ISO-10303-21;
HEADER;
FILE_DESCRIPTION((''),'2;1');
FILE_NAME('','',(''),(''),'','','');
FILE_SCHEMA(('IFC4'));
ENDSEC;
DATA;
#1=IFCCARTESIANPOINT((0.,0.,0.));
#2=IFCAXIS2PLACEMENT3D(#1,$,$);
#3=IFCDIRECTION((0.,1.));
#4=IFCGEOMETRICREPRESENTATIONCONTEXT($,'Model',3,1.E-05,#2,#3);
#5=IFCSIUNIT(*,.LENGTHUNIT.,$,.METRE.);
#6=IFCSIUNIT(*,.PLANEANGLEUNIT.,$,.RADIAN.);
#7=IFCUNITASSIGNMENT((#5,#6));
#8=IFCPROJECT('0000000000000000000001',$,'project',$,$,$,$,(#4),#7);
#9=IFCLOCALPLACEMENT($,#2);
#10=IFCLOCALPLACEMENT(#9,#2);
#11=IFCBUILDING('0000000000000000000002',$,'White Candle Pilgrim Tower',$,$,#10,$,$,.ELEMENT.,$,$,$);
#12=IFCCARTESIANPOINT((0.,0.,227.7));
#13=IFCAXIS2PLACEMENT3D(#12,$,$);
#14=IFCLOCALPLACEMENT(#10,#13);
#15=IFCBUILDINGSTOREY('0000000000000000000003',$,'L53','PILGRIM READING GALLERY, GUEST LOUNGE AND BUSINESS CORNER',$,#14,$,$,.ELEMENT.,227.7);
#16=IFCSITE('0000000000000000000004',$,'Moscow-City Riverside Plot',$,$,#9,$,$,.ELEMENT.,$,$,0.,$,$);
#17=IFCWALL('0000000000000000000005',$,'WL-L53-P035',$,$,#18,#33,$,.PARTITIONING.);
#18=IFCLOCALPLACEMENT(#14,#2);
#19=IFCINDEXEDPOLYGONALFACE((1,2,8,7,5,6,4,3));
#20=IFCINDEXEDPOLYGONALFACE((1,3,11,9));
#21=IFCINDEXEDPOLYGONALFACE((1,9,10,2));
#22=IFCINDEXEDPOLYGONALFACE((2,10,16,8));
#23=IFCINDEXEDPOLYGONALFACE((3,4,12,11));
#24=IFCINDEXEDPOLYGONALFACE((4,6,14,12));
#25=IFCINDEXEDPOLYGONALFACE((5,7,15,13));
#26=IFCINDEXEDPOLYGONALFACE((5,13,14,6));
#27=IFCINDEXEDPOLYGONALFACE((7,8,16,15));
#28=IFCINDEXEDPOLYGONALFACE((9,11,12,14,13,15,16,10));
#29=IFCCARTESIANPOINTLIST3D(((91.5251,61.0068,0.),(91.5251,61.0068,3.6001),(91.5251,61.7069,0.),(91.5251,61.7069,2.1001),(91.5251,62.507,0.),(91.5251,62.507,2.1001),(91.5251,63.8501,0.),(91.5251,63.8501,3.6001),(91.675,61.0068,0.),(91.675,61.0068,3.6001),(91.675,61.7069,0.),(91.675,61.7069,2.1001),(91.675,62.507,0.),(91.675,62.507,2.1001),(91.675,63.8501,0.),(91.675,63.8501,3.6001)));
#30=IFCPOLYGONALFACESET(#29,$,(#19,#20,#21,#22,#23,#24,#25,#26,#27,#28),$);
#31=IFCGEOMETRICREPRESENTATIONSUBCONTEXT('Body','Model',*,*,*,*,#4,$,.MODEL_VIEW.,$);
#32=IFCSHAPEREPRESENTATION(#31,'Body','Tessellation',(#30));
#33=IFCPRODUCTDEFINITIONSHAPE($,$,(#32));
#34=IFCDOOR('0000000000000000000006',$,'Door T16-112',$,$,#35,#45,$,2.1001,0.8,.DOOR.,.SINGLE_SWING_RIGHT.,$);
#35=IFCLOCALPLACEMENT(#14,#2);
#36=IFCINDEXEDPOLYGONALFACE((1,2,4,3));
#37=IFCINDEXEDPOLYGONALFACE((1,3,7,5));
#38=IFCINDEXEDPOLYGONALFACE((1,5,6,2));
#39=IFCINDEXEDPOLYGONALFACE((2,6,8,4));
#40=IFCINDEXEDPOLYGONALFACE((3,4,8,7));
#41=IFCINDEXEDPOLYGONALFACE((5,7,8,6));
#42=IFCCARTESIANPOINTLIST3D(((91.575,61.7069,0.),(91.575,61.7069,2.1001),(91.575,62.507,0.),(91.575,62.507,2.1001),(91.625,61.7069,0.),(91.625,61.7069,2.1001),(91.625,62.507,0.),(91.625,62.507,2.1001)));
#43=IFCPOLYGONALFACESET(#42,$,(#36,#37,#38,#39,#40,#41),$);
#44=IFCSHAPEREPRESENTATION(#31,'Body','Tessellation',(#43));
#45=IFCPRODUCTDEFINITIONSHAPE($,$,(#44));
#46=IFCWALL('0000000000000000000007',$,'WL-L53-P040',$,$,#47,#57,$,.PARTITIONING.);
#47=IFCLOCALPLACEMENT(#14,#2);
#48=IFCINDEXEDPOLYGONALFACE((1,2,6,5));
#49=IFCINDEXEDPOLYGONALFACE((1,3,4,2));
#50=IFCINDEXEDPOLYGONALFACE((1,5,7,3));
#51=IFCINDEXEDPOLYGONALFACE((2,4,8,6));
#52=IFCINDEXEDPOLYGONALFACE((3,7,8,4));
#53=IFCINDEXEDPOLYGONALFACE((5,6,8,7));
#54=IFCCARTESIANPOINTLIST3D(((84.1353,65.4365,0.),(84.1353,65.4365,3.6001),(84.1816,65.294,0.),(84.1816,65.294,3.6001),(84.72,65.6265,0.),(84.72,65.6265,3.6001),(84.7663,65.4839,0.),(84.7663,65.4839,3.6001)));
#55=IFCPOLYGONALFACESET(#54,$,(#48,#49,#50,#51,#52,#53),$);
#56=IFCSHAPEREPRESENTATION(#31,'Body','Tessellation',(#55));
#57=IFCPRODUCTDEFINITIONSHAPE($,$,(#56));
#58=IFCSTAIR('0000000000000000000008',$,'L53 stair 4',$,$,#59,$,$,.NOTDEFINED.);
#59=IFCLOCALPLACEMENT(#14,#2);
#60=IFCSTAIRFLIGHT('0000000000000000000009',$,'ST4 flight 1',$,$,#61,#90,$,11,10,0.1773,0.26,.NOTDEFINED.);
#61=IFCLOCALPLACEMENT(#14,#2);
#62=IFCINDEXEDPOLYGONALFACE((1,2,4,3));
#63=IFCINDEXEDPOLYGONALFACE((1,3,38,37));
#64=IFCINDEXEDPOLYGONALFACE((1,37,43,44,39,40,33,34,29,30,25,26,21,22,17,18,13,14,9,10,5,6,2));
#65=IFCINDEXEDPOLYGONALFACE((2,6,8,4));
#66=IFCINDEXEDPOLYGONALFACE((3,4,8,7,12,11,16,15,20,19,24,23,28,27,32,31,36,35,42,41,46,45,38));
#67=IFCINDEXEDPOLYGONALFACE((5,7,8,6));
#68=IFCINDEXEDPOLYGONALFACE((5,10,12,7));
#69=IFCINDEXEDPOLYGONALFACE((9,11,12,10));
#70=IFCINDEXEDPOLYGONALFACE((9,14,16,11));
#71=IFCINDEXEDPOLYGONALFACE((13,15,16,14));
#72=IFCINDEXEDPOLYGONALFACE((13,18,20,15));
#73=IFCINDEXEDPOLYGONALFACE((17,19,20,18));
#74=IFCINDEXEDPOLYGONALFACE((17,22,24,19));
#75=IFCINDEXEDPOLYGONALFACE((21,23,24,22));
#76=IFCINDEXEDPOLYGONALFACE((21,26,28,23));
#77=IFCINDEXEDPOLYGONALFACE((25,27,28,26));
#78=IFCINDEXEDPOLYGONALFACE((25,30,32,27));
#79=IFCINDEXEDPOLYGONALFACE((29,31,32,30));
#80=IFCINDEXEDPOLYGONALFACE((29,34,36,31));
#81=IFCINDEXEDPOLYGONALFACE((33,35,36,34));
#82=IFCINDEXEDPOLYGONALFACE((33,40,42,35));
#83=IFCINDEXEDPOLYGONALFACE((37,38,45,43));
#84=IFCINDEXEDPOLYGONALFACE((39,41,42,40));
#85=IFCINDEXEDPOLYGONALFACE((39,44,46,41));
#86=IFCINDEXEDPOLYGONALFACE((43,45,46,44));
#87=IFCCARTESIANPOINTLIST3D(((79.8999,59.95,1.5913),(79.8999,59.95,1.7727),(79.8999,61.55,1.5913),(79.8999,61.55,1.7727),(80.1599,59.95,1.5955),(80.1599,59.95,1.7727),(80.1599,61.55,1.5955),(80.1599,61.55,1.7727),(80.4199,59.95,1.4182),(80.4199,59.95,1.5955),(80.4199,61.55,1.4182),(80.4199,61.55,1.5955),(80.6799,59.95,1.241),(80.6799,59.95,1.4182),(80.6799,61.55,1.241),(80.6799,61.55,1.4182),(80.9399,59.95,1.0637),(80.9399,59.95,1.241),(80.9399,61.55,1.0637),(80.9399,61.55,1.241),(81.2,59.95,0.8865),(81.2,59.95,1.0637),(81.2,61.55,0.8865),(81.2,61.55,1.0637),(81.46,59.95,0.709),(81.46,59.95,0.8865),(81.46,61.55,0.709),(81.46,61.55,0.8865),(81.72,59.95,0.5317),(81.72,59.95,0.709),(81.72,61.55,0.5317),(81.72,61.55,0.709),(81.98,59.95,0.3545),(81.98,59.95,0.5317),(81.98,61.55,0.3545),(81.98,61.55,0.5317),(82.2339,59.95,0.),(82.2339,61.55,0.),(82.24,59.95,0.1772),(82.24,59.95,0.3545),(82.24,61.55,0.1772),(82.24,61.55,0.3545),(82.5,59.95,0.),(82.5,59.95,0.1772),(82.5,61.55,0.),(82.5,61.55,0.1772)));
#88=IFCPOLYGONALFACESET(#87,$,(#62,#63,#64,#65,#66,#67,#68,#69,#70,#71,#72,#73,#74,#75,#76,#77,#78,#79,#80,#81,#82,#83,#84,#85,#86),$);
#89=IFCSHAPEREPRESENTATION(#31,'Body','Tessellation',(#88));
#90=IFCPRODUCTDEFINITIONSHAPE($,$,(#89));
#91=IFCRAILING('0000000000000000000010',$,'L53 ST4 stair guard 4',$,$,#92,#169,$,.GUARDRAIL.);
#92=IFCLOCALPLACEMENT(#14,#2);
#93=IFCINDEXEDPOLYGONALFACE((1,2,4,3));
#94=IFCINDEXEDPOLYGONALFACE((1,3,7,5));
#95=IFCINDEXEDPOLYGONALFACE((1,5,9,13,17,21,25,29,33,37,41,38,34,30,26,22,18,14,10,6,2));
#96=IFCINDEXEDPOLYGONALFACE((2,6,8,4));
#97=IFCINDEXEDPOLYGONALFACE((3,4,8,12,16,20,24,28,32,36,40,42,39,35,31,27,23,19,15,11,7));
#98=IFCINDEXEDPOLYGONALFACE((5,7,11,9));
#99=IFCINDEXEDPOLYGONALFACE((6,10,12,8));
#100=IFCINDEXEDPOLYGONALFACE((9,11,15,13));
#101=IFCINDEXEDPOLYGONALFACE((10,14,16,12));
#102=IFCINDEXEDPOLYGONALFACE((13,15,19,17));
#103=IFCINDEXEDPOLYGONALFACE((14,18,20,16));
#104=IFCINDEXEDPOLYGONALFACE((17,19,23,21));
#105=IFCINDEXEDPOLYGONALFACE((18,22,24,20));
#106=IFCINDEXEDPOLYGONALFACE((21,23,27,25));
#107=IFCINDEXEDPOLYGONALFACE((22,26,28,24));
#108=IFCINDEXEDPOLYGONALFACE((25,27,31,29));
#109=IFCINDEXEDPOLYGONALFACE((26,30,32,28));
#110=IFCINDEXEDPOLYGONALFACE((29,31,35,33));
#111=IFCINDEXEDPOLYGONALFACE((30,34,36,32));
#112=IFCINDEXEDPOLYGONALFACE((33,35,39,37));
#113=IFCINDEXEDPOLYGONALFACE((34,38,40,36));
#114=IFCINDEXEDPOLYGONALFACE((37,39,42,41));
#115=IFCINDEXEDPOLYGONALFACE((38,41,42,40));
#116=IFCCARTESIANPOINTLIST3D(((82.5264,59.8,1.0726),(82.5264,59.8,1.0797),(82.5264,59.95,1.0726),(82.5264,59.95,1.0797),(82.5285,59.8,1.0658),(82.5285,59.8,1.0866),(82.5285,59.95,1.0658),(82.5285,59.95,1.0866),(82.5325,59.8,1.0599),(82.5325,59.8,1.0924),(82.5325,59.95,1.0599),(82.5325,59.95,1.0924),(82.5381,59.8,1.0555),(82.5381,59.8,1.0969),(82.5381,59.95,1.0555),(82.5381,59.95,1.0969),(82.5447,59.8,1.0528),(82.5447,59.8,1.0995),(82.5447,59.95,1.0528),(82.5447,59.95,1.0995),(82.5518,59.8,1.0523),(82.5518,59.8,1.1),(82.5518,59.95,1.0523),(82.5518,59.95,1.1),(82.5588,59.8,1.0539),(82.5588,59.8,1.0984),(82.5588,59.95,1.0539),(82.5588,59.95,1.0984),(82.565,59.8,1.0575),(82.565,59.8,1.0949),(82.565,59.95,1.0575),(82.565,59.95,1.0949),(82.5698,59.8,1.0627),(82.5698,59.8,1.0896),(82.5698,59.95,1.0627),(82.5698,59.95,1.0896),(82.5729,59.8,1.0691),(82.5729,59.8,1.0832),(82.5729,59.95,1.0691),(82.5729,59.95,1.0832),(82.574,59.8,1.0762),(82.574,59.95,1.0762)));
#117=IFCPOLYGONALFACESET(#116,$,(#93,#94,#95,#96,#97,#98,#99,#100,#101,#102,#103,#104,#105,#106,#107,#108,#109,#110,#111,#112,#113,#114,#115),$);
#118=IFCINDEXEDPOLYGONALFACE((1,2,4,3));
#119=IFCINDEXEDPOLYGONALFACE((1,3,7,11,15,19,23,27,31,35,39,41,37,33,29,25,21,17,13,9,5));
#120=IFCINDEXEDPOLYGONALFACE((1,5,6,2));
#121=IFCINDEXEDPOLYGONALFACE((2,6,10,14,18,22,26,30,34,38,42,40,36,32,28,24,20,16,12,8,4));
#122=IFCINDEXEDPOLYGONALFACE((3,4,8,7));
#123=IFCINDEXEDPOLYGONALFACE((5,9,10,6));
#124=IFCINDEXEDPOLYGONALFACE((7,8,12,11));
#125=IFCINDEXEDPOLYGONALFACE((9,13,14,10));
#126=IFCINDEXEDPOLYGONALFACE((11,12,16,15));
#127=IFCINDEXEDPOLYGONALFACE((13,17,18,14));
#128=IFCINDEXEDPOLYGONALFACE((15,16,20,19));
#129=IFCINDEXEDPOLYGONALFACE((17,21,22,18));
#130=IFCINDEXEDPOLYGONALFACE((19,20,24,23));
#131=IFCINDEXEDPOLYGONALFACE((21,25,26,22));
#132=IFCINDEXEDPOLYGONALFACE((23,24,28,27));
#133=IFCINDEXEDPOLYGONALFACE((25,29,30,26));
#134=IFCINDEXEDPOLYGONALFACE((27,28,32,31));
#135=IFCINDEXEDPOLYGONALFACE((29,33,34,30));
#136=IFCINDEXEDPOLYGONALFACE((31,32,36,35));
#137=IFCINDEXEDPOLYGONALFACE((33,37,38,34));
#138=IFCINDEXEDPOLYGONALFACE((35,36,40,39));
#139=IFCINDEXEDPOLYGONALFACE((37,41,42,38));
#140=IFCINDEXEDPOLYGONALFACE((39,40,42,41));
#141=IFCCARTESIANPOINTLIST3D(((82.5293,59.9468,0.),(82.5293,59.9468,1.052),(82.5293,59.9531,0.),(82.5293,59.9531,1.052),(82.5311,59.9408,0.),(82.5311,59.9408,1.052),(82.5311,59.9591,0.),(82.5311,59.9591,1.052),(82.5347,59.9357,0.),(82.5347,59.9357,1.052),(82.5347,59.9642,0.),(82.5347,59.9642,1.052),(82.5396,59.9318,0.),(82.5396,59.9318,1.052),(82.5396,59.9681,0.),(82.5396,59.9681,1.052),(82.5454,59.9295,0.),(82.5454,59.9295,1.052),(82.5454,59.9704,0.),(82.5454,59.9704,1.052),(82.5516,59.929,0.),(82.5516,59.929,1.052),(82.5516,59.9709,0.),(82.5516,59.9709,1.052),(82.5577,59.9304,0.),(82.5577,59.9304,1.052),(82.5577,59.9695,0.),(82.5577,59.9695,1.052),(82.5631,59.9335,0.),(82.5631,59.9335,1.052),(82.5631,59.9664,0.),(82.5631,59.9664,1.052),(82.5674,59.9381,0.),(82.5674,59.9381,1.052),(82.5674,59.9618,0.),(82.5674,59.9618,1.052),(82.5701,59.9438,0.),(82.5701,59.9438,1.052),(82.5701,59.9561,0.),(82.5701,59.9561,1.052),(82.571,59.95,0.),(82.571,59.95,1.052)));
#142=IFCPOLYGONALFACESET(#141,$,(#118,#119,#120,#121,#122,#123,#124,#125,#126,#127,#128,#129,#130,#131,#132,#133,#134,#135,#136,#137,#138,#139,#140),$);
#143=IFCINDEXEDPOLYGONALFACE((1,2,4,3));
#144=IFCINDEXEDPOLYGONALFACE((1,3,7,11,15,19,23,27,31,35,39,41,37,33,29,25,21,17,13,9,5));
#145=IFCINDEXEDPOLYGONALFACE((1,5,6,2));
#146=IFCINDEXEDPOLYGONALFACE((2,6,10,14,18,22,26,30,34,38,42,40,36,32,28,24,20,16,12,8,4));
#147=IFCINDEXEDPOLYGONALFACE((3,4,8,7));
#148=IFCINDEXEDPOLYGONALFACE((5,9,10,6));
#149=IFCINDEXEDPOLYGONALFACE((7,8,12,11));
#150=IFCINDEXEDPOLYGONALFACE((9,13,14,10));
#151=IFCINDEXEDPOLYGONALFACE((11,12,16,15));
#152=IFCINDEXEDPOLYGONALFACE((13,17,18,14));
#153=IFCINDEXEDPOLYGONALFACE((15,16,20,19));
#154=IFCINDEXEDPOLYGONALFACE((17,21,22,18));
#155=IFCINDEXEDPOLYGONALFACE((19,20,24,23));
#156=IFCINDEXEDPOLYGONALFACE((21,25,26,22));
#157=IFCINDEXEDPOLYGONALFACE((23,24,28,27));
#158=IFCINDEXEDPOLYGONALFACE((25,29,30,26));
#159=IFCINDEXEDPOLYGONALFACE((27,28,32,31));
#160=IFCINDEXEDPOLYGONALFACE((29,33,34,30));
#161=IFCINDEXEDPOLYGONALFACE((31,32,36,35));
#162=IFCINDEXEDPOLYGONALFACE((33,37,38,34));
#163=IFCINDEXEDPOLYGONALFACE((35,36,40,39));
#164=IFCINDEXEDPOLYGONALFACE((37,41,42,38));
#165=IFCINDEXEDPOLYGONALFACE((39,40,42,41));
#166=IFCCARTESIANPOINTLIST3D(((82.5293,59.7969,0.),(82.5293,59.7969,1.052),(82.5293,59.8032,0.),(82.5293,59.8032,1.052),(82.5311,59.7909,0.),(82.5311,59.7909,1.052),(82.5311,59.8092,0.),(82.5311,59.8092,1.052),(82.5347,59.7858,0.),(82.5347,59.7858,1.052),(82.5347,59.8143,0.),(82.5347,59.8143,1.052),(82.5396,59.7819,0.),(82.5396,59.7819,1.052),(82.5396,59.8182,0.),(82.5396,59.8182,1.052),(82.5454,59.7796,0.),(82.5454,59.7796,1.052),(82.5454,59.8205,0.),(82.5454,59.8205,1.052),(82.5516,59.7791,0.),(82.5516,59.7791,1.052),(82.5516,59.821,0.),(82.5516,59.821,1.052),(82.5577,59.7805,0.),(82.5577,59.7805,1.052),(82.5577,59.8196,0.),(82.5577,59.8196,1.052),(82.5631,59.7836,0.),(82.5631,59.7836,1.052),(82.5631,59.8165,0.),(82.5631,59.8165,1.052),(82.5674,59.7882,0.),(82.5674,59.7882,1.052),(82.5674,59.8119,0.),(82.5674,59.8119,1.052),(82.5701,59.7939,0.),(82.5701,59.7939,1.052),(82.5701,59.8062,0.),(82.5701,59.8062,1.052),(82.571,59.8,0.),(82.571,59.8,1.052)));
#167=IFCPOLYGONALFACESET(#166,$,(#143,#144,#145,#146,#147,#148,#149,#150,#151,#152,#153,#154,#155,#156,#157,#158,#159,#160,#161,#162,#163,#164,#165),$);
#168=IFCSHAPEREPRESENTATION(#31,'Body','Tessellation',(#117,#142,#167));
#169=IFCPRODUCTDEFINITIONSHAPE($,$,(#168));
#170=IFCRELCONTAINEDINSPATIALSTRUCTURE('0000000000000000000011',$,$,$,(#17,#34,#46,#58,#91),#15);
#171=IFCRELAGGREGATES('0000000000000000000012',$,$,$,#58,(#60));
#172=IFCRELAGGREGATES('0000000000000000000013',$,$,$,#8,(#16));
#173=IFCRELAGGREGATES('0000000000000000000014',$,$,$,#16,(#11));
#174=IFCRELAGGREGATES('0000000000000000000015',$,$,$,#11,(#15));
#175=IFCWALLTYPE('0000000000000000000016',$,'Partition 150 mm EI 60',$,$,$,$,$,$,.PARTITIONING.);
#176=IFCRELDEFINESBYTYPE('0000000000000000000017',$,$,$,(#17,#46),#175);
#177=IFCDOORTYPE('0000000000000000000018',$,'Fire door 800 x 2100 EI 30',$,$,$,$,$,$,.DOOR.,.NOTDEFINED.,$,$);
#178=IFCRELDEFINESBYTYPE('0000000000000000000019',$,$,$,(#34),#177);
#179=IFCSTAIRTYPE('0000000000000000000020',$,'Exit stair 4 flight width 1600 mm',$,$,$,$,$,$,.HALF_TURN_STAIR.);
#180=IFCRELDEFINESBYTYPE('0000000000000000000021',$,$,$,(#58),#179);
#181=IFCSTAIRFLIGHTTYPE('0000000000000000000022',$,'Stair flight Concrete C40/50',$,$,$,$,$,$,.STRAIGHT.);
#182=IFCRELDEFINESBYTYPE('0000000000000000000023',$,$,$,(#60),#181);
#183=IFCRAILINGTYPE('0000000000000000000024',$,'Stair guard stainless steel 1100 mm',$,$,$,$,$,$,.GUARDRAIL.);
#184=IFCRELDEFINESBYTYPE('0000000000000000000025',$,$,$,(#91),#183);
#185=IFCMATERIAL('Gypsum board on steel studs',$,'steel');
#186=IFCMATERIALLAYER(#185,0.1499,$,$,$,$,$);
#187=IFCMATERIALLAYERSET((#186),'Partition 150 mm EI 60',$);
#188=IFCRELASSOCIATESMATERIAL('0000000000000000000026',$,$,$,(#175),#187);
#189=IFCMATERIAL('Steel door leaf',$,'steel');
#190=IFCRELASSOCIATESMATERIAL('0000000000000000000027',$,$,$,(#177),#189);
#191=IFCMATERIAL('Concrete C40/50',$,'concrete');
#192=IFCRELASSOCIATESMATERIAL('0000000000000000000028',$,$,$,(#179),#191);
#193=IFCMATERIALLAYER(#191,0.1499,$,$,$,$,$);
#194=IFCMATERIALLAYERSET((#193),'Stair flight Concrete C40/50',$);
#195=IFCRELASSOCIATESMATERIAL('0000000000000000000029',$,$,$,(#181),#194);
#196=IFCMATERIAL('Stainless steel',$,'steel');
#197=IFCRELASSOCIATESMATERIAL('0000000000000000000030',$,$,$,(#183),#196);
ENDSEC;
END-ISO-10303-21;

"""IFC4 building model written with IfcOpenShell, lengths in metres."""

from ifc_helpers import new_model, si_unit, direction, frame, frame_2d, origin, origin_2d, place, context, subcontext, project, spatial, polyline, rectangle, circle, outline, extrude, material, layer, layer_set, type_object, element, fill, aggregate, save


model = new_model("IFC4")

# Units and contexts
model_context = context("Model", 3, precision=1e-05, world=origin(), true_north=direction((0.0, 1.0)))
body_context = subcontext(model_context, "Body", "Model", "MODEL_VIEW")
ifc_project = project(units=[si_unit("LENGTHUNIT", "METRE"), si_unit("PLANEANGLEUNIT", "RADIAN")], contexts=[model_context])

# Site, building, storey
site_placement = place(None, origin())
site = spatial("IfcSite", under=ifc_project, at=site_placement, Name="Moscow-City Riverside Plot", CompositionType="ELEMENT", RefElevation=0.0)
building_placement = place(site_placement, origin())
building = spatial("IfcBuilding", under=site, at=building_placement, Name="White Candle Pilgrim Tower", CompositionType="ELEMENT")
storey_placement = place(building_placement, frame((0.0, 0.0, 227.7)))
storey = spatial("IfcBuildingStorey", under=building, at=storey_placement, Name="L53", Description="PILGRIM READING GALLERY, GUEST LOUNGE AND BUSINESS CORNER", CompositionType="ELEMENT", Elevation=227.7)

# Shared definitions
ifc_material_1 = material(Name="Gypsum board on steel studs", Category="steel")
ifc_material_2 = material(Name="Steel door leaf", Category="steel")

# Shared definitions
ifc_layer_1 = layer(ifc_material_1, 0.1499)
ifc_layer_set_1 = layer_set([ifc_layer_1], Name="Partition 150 mm EI 60")
wall_type_1 = type_object("IfcWallType", Name="Partition 150 mm EI 60", PredefinedType="PARTITIONING", material=ifc_layer_set_1)

# Wall, opening, door
wall_1_placement = place(storey_placement, frame((91.6001, 63.8501, 0.0), z_axis=(0.0, 0.0, 1.0), x_axis=(0.0, -1.0, 0.0)))
wall_1 = element("IfcWall", 1, at=wall_1_placement, inside=storey, type_object=wall_type_1, Name="WL-L53-P035", PredefinedType="PARTITIONING", context=body_context, shape_type="SweptSolid", body=[
    extrude(rectangle(XDim=2.8433, YDim=0.1499, at=frame_2d((1.4216, 0.0))), origin(), (0.0, 0.0, 1.0), 3.6001),
])
opening_1_placement = place(wall_1_placement, frame((1.3433, 0.0, 0.0)))
opening_1 = element("IfcOpeningElement", 2, at=opening_1_placement, cuts=wall_1, PredefinedType="OPENING", context=body_context, shape_type="SweptSolid", body=[
    extrude(rectangle(XDim=0.8, YDim=2.1001, at=frame_2d((0.3999, 1.05))), frame((0.0, 0.085, 0.0), z_axis=(0.0, -1.0, 0.0), x_axis=(1.0, 0.0, 0.0)), (0.0, 0.0, 1.0), 0.1699),
])
door_type_1 = type_object("IfcDoorType", Name="Fire door 800 x 2100 EI 30", OperationType="NOTDEFINED", PredefinedType="DOOR", material=ifc_material_2)
door_1_placement = place(opening_1_placement, origin())
door_1 = element("IfcDoor", 3, at=door_1_placement, inside=storey, type_object=door_type_1, Name="Door T16-112", OperationType="SINGLE_SWING_RIGHT", OverallHeight=2.1001, OverallWidth=0.8, PredefinedType="DOOR", context=body_context, shape_type="SweptSolid", body=[
    extrude(rectangle(XDim=0.8, YDim=2.1001, at=frame_2d((0.3999, 1.05))), frame((0.0, 0.0249, 0.0), z_axis=(0.0, -1.0, 0.0), x_axis=(1.0, 0.0, 0.0)), (0.0, 0.0, 1.0), 0.05),
])
fill(opening_1, door_1)

# Wall
wall_2_placement = place(storey_placement, frame((84.7432, 65.5552, 0.0), z_axis=(0.0, 0.0, 1.0), x_axis=(-0.951078, -0.308951, 0.0)))
element("IfcWall", 4, at=wall_2_placement, inside=storey, type_object=wall_type_1, Name="WL-L53-P040", PredefinedType="PARTITIONING", context=body_context, shape_type="SweptSolid", body=[
    extrude(rectangle(XDim=0.6147, YDim=0.1499, at=frame_2d((0.3074, 0.0))), origin(), (0.0, 0.0, 1.0), 3.6001),
])

# Stair, stair flight
ifc_material_3 = material(Name="Concrete C40/50", Category="concrete")
stair_type = type_object("IfcStairType", Name="Exit stair 4 flight width 1600 mm", PredefinedType="HALF_TURN_STAIR", material=ifc_material_3)
stair_placement = place(storey_placement, origin())
stair = element("IfcStair", 5, at=stair_placement, inside=storey, type_object=stair_type, Name="L53 stair 4", PredefinedType="NOTDEFINED")
ifc_layer_2 = layer(ifc_material_3, 0.1499)
ifc_layer_set_2 = layer_set([ifc_layer_2], Name="Stair flight Concrete C40/50")
stair_flight_type = type_object("IfcStairFlightType", Name="Stair flight Concrete C40/50", PredefinedType="STRAIGHT", material=ifc_layer_set_2)
stair_flight_placement = place(storey_placement, frame((82.5, 60.75, 0.0), z_axis=(0.0, 0.0, 1.0), x_axis=(-1.0, 0.0, 0.0)))
stair_flight = element("IfcStairFlight", 6, at=stair_flight_placement, type_object=stair_flight_type, Name="ST4 flight 1", NumberOfRisers=11, NumberOfTreads=10, PredefinedType="NOTDEFINED", RiserHeight=0.1773, TreadLength=0.26, context=body_context, shape_type="SweptSolid", body=[
    extrude(outline(polyline([(0.0, 0.0), (0.0, 0.1772), (0.26, 0.1772), (0.26, 0.3545), (0.52, 0.3545), (0.52, 0.5317), (0.78, 0.5317), (0.78, 0.709), (1.04, 0.709), (1.04, 0.8865), (1.3, 0.8865), (1.3, 1.0637), (1.5601, 1.0637), (1.5601, 1.241), (1.8201, 1.241), (1.8201, 1.4182), (2.0801, 1.4182), (2.0801, 1.5955), (2.3401, 1.5955), (2.3401, 1.7727), (2.6001, 1.7727), (2.6001, 1.95), (2.6001, 1.5913), (0.2661, 0.0), (0.0, 0.0)])), frame((0.0, 0.8, 0.0), z_axis=(0.0, -1.0, 0.0), x_axis=(1.0, 0.0, 0.0)), (0.0, 0.0, 1.0), 1.6001),
])
aggregate(stair, [stair_flight])

# Railing
ifc_material_4 = material(Name="Stainless steel", Category="steel")
railing_type_1 = type_object("IfcRailingType", Name="Stair guard stainless steel 1100 mm", PredefinedType="GUARDRAIL", material=ifc_material_4)
railing_1_placement = place(storey_placement, frame((82.55, 59.95, 0.0)))
element("IfcRailing", 7, at=railing_1_placement, inside=storey, type_object=railing_type_1, Name="L53 ST4 stair guard 4", PredefinedType="GUARDRAIL", context=body_context, shape_type="SweptSolid", body=[
    extrude(circle(Radius=0.0239, at=origin_2d()), frame((0.0, 0.0, 1.0762), z_axis=(0.0, -1.0, 0.0), x_axis=(1.0, 0.0, 0.0)), (0.0, 0.0, 1.0), 0.1499),
    extrude(circle(Radius=0.021, at=origin_2d()), origin(), (0.0, 0.0, 1.0), 1.052),
    extrude(circle(Radius=0.021, at=origin_2d()), frame((0.0, -0.1499, 0.0)), (0.0, 0.0, 1.0), 1.052),
])

save(model, "model.ifc")
